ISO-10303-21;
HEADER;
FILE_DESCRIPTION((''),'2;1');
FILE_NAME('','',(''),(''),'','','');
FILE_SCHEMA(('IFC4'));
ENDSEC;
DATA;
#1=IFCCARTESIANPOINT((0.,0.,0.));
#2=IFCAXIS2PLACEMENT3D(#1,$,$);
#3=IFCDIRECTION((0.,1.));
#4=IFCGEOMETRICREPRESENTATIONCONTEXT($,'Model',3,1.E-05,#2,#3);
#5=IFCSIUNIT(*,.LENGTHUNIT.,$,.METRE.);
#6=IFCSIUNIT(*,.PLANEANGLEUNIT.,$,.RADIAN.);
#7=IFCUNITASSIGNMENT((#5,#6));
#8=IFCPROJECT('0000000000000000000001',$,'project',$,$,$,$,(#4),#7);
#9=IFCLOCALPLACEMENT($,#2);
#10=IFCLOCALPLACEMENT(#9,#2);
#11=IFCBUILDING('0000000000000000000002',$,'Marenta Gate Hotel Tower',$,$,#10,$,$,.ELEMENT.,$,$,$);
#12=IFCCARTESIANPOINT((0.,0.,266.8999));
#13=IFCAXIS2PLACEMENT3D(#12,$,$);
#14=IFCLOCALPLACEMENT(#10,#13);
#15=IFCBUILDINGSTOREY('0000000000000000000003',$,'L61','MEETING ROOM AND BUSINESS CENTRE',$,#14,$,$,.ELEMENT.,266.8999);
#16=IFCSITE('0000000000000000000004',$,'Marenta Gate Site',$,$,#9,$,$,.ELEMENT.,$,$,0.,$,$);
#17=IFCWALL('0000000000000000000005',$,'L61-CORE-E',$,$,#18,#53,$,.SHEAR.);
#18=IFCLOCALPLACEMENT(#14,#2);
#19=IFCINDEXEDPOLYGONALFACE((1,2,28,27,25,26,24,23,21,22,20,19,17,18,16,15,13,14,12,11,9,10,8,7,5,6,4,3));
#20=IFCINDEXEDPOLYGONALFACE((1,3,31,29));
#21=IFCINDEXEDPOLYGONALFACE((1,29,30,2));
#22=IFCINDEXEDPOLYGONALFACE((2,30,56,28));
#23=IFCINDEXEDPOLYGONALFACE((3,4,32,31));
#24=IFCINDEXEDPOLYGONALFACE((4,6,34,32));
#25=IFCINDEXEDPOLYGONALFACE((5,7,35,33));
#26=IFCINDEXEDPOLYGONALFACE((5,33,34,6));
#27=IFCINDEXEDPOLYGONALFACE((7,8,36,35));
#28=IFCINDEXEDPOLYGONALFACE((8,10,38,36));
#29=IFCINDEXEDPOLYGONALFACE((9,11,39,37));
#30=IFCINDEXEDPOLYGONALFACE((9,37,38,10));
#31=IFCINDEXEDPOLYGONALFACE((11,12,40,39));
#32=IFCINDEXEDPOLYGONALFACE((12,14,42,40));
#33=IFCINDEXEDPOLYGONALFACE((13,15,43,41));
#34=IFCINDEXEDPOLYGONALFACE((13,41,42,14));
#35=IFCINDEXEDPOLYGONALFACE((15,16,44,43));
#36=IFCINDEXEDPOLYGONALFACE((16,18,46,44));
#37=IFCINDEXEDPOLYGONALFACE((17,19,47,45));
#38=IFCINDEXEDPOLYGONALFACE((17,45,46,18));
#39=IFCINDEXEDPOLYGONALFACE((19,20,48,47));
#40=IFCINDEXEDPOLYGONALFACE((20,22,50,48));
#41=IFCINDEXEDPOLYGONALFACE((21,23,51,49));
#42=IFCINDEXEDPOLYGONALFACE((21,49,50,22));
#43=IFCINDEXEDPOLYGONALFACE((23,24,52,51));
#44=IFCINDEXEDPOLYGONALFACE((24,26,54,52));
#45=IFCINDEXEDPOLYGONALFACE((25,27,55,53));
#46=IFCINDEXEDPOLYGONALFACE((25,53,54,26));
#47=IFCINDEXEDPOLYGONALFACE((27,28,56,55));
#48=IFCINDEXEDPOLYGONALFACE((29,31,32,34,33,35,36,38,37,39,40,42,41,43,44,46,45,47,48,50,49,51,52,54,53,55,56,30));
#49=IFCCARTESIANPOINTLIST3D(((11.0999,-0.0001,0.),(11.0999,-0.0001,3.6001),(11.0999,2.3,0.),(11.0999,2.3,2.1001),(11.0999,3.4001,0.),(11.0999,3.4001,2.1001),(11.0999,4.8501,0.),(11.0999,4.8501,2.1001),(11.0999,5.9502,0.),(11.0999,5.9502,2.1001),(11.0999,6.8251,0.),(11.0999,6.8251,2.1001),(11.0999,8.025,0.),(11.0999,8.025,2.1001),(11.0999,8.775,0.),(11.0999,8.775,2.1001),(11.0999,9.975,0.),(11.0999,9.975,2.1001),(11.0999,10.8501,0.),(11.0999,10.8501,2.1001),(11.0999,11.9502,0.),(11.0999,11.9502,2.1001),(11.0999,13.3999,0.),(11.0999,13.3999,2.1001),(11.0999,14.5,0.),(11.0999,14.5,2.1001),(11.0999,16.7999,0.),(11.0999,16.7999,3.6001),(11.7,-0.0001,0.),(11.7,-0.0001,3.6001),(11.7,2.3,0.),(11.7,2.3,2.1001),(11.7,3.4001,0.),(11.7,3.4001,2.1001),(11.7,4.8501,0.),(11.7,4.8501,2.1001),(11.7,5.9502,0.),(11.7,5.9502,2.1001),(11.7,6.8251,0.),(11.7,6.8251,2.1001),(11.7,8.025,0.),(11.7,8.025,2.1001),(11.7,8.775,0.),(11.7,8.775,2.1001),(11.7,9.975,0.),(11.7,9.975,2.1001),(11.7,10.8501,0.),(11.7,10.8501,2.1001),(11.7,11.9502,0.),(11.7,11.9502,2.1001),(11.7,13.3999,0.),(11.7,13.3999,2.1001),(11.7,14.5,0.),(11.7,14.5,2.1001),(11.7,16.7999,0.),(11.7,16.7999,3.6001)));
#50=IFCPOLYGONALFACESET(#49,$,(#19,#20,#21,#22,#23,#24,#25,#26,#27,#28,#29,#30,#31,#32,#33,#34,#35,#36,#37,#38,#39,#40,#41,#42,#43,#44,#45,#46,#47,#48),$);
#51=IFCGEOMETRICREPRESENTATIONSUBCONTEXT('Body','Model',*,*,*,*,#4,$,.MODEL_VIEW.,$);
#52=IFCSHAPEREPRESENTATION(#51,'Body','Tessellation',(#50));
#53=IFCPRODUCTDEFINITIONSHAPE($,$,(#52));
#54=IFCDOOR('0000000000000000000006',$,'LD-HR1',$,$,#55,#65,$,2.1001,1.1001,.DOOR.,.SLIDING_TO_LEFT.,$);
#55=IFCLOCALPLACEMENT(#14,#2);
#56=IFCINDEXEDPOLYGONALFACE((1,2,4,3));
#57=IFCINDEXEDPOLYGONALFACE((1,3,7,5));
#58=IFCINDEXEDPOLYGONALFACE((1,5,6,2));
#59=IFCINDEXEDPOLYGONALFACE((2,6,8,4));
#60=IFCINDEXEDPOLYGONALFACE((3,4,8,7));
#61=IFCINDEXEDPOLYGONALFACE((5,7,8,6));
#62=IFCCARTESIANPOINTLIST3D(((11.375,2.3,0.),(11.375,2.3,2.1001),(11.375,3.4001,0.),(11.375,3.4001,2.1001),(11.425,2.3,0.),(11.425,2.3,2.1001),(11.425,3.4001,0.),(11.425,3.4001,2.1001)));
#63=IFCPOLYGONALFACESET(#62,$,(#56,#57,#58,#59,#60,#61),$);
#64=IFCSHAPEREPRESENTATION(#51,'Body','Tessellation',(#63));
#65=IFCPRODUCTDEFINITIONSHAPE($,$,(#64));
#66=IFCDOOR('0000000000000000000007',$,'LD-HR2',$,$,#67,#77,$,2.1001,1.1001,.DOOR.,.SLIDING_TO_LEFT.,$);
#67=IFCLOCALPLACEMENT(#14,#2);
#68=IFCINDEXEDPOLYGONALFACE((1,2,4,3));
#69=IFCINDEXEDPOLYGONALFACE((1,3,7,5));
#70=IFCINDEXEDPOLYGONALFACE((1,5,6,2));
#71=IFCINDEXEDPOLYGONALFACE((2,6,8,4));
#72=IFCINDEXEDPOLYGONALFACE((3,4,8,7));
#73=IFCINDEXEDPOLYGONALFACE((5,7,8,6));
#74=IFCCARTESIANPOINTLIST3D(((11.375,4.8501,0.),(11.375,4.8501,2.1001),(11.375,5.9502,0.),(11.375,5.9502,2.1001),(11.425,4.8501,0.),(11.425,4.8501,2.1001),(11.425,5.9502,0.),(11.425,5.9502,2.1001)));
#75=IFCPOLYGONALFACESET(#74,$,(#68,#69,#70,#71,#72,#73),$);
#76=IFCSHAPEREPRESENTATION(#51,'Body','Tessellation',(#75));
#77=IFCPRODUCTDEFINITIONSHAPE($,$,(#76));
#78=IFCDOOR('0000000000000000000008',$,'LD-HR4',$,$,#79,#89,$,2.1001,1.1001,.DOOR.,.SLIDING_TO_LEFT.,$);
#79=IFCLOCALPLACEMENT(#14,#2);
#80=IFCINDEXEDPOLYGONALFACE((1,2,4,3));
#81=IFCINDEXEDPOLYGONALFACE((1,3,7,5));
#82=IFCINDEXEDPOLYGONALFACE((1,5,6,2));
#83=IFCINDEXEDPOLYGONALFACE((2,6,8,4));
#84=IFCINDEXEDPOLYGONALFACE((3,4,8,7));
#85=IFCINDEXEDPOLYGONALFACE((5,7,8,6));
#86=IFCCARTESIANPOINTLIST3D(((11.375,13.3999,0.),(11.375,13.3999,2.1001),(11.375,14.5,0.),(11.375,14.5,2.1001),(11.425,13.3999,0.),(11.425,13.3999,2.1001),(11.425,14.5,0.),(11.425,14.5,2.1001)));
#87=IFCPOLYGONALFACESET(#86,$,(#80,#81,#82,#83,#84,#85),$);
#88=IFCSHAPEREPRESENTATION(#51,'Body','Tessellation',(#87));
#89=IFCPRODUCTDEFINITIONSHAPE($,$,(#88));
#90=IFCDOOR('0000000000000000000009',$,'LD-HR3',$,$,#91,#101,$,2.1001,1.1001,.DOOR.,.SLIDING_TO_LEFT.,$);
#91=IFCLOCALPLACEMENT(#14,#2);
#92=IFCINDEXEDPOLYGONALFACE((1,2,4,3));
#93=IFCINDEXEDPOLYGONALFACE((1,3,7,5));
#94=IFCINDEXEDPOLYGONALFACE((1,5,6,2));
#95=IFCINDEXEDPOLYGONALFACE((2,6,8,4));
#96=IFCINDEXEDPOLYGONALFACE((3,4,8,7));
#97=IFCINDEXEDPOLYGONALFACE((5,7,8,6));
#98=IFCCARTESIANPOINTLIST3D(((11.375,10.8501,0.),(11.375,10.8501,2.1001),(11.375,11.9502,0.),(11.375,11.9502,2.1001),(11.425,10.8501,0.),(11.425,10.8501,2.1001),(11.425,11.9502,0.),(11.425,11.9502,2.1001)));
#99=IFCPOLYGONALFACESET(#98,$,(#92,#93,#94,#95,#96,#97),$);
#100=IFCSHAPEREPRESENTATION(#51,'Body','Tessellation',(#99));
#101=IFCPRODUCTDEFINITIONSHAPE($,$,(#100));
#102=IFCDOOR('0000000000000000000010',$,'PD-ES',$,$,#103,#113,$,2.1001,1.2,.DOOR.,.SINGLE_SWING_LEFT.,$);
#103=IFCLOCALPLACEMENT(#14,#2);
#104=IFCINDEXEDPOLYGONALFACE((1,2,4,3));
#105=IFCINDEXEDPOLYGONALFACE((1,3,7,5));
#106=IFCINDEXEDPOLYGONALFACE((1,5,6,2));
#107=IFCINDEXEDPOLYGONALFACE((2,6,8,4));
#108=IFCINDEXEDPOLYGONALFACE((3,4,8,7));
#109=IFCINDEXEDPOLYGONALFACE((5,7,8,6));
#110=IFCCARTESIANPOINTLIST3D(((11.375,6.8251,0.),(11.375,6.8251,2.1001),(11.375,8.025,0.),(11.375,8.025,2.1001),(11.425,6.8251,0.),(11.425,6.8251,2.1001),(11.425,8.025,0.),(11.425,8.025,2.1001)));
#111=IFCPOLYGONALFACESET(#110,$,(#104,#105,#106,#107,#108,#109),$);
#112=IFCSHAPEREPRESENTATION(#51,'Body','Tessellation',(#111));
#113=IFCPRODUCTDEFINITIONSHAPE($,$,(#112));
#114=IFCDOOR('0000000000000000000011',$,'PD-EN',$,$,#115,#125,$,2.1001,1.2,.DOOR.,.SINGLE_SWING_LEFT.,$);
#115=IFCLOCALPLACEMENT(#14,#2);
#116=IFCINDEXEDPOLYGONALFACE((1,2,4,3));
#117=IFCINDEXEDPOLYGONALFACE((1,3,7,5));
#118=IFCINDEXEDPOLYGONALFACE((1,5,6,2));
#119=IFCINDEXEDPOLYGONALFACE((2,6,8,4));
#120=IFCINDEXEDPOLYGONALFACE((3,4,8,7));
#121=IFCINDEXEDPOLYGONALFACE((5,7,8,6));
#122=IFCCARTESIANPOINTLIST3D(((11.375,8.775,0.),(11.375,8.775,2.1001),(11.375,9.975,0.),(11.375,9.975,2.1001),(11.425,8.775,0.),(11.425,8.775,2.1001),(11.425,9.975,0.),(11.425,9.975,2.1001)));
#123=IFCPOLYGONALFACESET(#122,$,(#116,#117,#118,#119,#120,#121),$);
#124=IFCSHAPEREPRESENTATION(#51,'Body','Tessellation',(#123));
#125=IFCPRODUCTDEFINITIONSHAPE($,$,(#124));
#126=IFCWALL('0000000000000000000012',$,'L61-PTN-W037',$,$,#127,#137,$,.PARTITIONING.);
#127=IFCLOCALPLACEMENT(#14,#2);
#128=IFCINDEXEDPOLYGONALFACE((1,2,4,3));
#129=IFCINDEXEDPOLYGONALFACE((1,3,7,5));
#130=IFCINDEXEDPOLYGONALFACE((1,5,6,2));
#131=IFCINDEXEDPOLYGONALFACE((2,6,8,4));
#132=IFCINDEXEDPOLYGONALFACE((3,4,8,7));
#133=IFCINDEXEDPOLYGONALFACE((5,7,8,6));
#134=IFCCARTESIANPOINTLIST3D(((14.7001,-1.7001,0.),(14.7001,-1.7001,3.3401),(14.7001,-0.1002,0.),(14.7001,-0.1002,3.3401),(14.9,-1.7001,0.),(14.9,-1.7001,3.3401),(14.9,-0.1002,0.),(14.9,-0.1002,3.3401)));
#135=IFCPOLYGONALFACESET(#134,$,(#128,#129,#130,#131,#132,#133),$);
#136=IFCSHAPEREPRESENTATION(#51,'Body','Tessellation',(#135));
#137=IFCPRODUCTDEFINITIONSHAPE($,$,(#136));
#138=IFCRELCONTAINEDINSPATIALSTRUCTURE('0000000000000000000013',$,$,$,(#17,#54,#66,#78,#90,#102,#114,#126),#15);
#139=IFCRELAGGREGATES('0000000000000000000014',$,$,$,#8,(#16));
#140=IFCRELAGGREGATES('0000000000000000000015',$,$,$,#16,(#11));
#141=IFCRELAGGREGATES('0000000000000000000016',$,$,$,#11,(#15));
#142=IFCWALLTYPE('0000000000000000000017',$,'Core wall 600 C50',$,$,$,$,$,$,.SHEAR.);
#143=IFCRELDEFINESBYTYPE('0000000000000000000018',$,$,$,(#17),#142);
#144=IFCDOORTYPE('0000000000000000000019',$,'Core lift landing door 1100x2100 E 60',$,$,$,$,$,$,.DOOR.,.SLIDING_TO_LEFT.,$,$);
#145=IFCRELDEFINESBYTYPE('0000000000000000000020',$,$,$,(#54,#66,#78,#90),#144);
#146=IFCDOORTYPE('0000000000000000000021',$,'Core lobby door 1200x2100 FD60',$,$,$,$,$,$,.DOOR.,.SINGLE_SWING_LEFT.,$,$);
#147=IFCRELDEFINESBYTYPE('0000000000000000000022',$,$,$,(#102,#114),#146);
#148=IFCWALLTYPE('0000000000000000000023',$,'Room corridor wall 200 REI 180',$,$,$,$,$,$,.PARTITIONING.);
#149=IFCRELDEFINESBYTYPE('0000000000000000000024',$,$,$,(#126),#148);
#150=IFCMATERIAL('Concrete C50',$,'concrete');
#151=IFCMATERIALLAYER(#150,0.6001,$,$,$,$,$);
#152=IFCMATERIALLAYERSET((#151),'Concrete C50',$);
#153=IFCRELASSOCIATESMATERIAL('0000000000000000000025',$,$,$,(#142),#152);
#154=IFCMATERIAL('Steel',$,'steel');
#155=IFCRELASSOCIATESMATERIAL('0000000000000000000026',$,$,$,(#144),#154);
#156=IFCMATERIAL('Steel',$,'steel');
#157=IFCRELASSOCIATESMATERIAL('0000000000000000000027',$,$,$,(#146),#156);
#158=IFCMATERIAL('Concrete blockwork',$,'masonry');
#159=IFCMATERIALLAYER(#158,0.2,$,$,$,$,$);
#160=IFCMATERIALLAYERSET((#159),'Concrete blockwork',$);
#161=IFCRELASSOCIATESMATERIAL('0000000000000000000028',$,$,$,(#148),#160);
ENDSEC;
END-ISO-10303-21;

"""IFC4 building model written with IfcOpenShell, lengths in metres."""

from ifc_helpers import new_model, si_unit, direction, frame, frame_2d, origin, place, context, subcontext, project, spatial, rectangle, extrude, material, layer, layer_set, type_object, element, fill, save


model = new_model("IFC4")

# Units and contexts
model_context = context("Model", 3, precision=1e-05, world=origin(), true_north=direction((0.0, 1.0)))
body_context = subcontext(model_context, "Body", "Model", "MODEL_VIEW")
ifc_project = project(units=[si_unit("LENGTHUNIT", "METRE"), si_unit("PLANEANGLEUNIT", "RADIAN")], contexts=[model_context])

# Site, building, storey
site_placement = place(None, origin())
site = spatial("IfcSite", under=ifc_project, at=site_placement, Name="Marenta Gate Site", CompositionType="ELEMENT", RefElevation=0.0)
building_placement = place(site_placement, origin())
building = spatial("IfcBuilding", under=site, at=building_placement, Name="Marenta Gate Hotel Tower", CompositionType="ELEMENT")
storey_placement = place(building_placement, frame((0.0, 0.0, 266.8999)))
storey = spatial("IfcBuildingStorey", under=building, at=storey_placement, Name="L61", Description="MEETING ROOM AND BUSINESS CENTRE", CompositionType="ELEMENT", Elevation=266.8999)

# Wall, openings, doors
ifc_material_1 = material(Name="Concrete C50", Category="concrete")
ifc_layer_1 = layer(ifc_material_1, 0.6001)
ifc_layer_set_1 = layer_set([ifc_layer_1], Name="Concrete C50")
wall_type_1 = type_object("IfcWallType", Name="Core wall 600 C50", PredefinedType="SHEAR", material=ifc_layer_set_1)
wall_1_placement = place(storey_placement, frame((11.3999, 0.0, 0.0), z_axis=(0.0, 0.0, 1.0), x_axis=(0.0, 1.0, 0.0)))
wall_1 = element("IfcWall", 1, at=wall_1_placement, inside=storey, type_object=wall_type_1, Name="L61-CORE-E", PredefinedType="SHEAR", context=body_context, shape_type="SweptSolid", body=[
    extrude(rectangle(XDim=16.8, YDim=0.6001, at=frame_2d((8.3999, 0.0))), origin(), (0.0, 0.0, 1.0), 3.6001),
])
opening_1_placement = place(wall_1_placement, frame((2.3, 0.0, 0.0)))
opening_1 = element("IfcOpeningElement", 2, at=opening_1_placement, cuts=wall_1, PredefinedType="OPENING", context=body_context, shape_type="SweptSolid", body=[
    extrude(rectangle(XDim=1.1001, YDim=2.1001, at=frame_2d((0.55, 1.05))), frame((0.0, 0.3, 0.0), z_axis=(0.0, -1.0, 0.0), x_axis=(1.0, 0.0, 0.0)), (0.0, 0.0, 1.0), 0.6001),
])
opening_2_placement = place(wall_1_placement, frame((4.8501, 0.0, 0.0)))
opening_2 = element("IfcOpeningElement", 3, at=opening_2_placement, cuts=wall_1, PredefinedType="OPENING", context=body_context, shape_type="SweptSolid", body=[
    extrude(rectangle(XDim=1.1001, YDim=2.1001, at=frame_2d((0.55, 1.05))), frame((0.0, 0.3, 0.0), z_axis=(0.0, -1.0, 0.0), x_axis=(1.0, 0.0, 0.0)), (0.0, 0.0, 1.0), 0.6001),
])
opening_3_placement = place(wall_1_placement, frame((6.825, 0.0, 0.0)))
opening_3 = element("IfcOpeningElement", 4, at=opening_3_placement, cuts=wall_1, PredefinedType="OPENING", context=body_context, shape_type="SweptSolid", body=[
    extrude(rectangle(XDim=1.2, YDim=2.1001, at=frame_2d((0.6001, 1.05))), frame((0.0, 0.3, 0.0), z_axis=(0.0, -1.0, 0.0), x_axis=(1.0, 0.0, 0.0)), (0.0, 0.0, 1.0), 0.6001),
])
opening_4_placement = place(wall_1_placement, frame((13.3999, 0.0, 0.0)))
opening_4 = element("IfcOpeningElement", 5, at=opening_4_placement, cuts=wall_1, PredefinedType="OPENING", context=body_context, shape_type="SweptSolid", body=[
    extrude(rectangle(XDim=1.1001, YDim=2.1001, at=frame_2d((0.55, 1.05))), frame((0.0, 0.3, 0.0), z_axis=(0.0, -1.0, 0.0), x_axis=(1.0, 0.0, 0.0)), (0.0, 0.0, 1.0), 0.6001),
])
opening_5_placement = place(wall_1_placement, frame((10.8501, 0.0, 0.0)))
opening_5 = element("IfcOpeningElement", 6, at=opening_5_placement, cuts=wall_1, PredefinedType="OPENING", context=body_context, shape_type="SweptSolid", body=[
    extrude(rectangle(XDim=1.1001, YDim=2.1001, at=frame_2d((0.55, 1.05))), frame((0.0, 0.3, 0.0), z_axis=(0.0, -1.0, 0.0), x_axis=(1.0, 0.0, 0.0)), (0.0, 0.0, 1.0), 0.6001),
])
opening_6_placement = place(wall_1_placement, frame((8.7749, 0.0, 0.0)))
opening_6 = element("IfcOpeningElement", 7, at=opening_6_placement, cuts=wall_1, PredefinedType="OPENING", context=body_context, shape_type="SweptSolid", body=[
    extrude(rectangle(XDim=1.2, YDim=2.1001, at=frame_2d((0.6001, 1.05))), frame((0.0, 0.3, 0.0), z_axis=(0.0, -1.0, 0.0), x_axis=(1.0, 0.0, 0.0)), (0.0, 0.0, 1.0), 0.6001),
])
ifc_material_2 = material(Name="Steel", Category="steel")
door_type_1 = type_object("IfcDoorType", Name="Core lift landing door 1100x2100 E 60", OperationType="SLIDING_TO_LEFT", PredefinedType="DOOR", material=ifc_material_2)
door_1_placement = place(opening_1_placement, origin())
door_1 = element("IfcDoor", 8, at=door_1_placement, inside=storey, type_object=door_type_1, Name="LD-HR1", OperationType="SLIDING_TO_LEFT", OverallHeight=2.1001, OverallWidth=1.1001, PredefinedType="DOOR", context=body_context, shape_type="SweptSolid", body=[
    extrude(rectangle(XDim=1.1001, YDim=2.1001, at=frame_2d((0.55, 1.05))), frame((0.0, 0.0249, 0.0), z_axis=(0.0, -1.0, 0.0), x_axis=(1.0, 0.0, 0.0)), (0.0, 0.0, 1.0), 0.05),
])
fill(opening_1, door_1)
door_2_placement = place(opening_2_placement, origin())
door_2 = element("IfcDoor", 9, at=door_2_placement, inside=storey, type_object=door_type_1, Name="LD-HR2", OperationType="SLIDING_TO_LEFT", OverallHeight=2.1001, OverallWidth=1.1001, PredefinedType="DOOR", context=body_context, shape_type="SweptSolid", body=[
    extrude(rectangle(XDim=1.1001, YDim=2.1001, at=frame_2d((0.55, 1.05))), frame((0.0, 0.0249, 0.0), z_axis=(0.0, -1.0, 0.0), x_axis=(1.0, 0.0, 0.0)), (0.0, 0.0, 1.0), 0.05),
])
fill(opening_2, door_2)
door_3_placement = place(opening_4_placement, origin())
door_3 = element("IfcDoor", 10, at=door_3_placement, inside=storey, type_object=door_type_1, Name="LD-HR4", OperationType="SLIDING_TO_LEFT", OverallHeight=2.1001, OverallWidth=1.1001, PredefinedType="DOOR", context=body_context, shape_type="SweptSolid", body=[
    extrude(rectangle(XDim=1.1001, YDim=2.1001, at=frame_2d((0.55, 1.05))), frame((0.0, 0.0249, 0.0), z_axis=(0.0, -1.0, 0.0), x_axis=(1.0, 0.0, 0.0)), (0.0, 0.0, 1.0), 0.05),
])
fill(opening_4, door_3)
door_4_placement = place(opening_5_placement, origin())
door_4 = element("IfcDoor", 11, at=door_4_placement, inside=storey, type_object=door_type_1, Name="LD-HR3", OperationType="SLIDING_TO_LEFT", OverallHeight=2.1001, OverallWidth=1.1001, PredefinedType="DOOR", context=body_context, shape_type="SweptSolid", body=[
    extrude(rectangle(XDim=1.1001, YDim=2.1001, at=frame_2d((0.55, 1.05))), frame((0.0, 0.0249, 0.0), z_axis=(0.0, -1.0, 0.0), x_axis=(1.0, 0.0, 0.0)), (0.0, 0.0, 1.0), 0.05),
])
fill(opening_5, door_4)
ifc_material_3 = material(Name="Steel", Category="steel")
door_type_2 = type_object("IfcDoorType", Name="Core lobby door 1200x2100 FD60", OperationType="SINGLE_SWING_LEFT", PredefinedType="DOOR", material=ifc_material_3)
door_5_placement = place(opening_3_placement, origin())
door_5 = element("IfcDoor", 12, at=door_5_placement, inside=storey, type_object=door_type_2, Name="PD-ES", OperationType="SINGLE_SWING_LEFT", OverallHeight=2.1001, OverallWidth=1.2, PredefinedType="DOOR", context=body_context, shape_type="SweptSolid", body=[
    extrude(rectangle(XDim=1.2, YDim=2.1001, at=frame_2d((0.6001, 1.05))), frame((0.0, 0.0249, 0.0), z_axis=(0.0, -1.0, 0.0), x_axis=(1.0, 0.0, 0.0)), (0.0, 0.0, 1.0), 0.05),
])
fill(opening_3, door_5)
door_6_placement = place(opening_6_placement, origin())
door_6 = element("IfcDoor", 13, at=door_6_placement, inside=storey, type_object=door_type_2, Name="PD-EN", OperationType="SINGLE_SWING_LEFT", OverallHeight=2.1001, OverallWidth=1.2, PredefinedType="DOOR", context=body_context, shape_type="SweptSolid", body=[
    extrude(rectangle(XDim=1.2, YDim=2.1001, at=frame_2d((0.6001, 1.05))), frame((0.0, 0.0249, 0.0), z_axis=(0.0, -1.0, 0.0), x_axis=(1.0, 0.0, 0.0)), (0.0, 0.0, 1.0), 0.05),
])
fill(opening_6, door_6)

# Wall
ifc_material_4 = material(Name="Concrete blockwork", Category="masonry")
ifc_layer_2 = layer(ifc_material_4, 0.2)
ifc_layer_set_2 = layer_set([ifc_layer_2], Name="Concrete blockwork")
wall_type_2 = type_object("IfcWallType", Name="Room corridor wall 200 REI 180", PredefinedType="PARTITIONING", material=ifc_layer_set_2)
wall_2_placement = place(storey_placement, frame((14.8, -1.7, 0.0), z_axis=(0.0, 0.0, 1.0), x_axis=(0.0, 1.0, 0.0)))
element("IfcWall", 14, at=wall_2_placement, inside=storey, type_object=wall_type_2, Name="L61-PTN-W037", PredefinedType="PARTITIONING", context=body_context, shape_type="SweptSolid", body=[
    extrude(rectangle(XDim=1.5999, YDim=0.2, at=frame_2d((0.7998, 0.0))), origin(), (0.0, 0.0, 1.0), 3.3401),
])

save(model, "model.ifc")
